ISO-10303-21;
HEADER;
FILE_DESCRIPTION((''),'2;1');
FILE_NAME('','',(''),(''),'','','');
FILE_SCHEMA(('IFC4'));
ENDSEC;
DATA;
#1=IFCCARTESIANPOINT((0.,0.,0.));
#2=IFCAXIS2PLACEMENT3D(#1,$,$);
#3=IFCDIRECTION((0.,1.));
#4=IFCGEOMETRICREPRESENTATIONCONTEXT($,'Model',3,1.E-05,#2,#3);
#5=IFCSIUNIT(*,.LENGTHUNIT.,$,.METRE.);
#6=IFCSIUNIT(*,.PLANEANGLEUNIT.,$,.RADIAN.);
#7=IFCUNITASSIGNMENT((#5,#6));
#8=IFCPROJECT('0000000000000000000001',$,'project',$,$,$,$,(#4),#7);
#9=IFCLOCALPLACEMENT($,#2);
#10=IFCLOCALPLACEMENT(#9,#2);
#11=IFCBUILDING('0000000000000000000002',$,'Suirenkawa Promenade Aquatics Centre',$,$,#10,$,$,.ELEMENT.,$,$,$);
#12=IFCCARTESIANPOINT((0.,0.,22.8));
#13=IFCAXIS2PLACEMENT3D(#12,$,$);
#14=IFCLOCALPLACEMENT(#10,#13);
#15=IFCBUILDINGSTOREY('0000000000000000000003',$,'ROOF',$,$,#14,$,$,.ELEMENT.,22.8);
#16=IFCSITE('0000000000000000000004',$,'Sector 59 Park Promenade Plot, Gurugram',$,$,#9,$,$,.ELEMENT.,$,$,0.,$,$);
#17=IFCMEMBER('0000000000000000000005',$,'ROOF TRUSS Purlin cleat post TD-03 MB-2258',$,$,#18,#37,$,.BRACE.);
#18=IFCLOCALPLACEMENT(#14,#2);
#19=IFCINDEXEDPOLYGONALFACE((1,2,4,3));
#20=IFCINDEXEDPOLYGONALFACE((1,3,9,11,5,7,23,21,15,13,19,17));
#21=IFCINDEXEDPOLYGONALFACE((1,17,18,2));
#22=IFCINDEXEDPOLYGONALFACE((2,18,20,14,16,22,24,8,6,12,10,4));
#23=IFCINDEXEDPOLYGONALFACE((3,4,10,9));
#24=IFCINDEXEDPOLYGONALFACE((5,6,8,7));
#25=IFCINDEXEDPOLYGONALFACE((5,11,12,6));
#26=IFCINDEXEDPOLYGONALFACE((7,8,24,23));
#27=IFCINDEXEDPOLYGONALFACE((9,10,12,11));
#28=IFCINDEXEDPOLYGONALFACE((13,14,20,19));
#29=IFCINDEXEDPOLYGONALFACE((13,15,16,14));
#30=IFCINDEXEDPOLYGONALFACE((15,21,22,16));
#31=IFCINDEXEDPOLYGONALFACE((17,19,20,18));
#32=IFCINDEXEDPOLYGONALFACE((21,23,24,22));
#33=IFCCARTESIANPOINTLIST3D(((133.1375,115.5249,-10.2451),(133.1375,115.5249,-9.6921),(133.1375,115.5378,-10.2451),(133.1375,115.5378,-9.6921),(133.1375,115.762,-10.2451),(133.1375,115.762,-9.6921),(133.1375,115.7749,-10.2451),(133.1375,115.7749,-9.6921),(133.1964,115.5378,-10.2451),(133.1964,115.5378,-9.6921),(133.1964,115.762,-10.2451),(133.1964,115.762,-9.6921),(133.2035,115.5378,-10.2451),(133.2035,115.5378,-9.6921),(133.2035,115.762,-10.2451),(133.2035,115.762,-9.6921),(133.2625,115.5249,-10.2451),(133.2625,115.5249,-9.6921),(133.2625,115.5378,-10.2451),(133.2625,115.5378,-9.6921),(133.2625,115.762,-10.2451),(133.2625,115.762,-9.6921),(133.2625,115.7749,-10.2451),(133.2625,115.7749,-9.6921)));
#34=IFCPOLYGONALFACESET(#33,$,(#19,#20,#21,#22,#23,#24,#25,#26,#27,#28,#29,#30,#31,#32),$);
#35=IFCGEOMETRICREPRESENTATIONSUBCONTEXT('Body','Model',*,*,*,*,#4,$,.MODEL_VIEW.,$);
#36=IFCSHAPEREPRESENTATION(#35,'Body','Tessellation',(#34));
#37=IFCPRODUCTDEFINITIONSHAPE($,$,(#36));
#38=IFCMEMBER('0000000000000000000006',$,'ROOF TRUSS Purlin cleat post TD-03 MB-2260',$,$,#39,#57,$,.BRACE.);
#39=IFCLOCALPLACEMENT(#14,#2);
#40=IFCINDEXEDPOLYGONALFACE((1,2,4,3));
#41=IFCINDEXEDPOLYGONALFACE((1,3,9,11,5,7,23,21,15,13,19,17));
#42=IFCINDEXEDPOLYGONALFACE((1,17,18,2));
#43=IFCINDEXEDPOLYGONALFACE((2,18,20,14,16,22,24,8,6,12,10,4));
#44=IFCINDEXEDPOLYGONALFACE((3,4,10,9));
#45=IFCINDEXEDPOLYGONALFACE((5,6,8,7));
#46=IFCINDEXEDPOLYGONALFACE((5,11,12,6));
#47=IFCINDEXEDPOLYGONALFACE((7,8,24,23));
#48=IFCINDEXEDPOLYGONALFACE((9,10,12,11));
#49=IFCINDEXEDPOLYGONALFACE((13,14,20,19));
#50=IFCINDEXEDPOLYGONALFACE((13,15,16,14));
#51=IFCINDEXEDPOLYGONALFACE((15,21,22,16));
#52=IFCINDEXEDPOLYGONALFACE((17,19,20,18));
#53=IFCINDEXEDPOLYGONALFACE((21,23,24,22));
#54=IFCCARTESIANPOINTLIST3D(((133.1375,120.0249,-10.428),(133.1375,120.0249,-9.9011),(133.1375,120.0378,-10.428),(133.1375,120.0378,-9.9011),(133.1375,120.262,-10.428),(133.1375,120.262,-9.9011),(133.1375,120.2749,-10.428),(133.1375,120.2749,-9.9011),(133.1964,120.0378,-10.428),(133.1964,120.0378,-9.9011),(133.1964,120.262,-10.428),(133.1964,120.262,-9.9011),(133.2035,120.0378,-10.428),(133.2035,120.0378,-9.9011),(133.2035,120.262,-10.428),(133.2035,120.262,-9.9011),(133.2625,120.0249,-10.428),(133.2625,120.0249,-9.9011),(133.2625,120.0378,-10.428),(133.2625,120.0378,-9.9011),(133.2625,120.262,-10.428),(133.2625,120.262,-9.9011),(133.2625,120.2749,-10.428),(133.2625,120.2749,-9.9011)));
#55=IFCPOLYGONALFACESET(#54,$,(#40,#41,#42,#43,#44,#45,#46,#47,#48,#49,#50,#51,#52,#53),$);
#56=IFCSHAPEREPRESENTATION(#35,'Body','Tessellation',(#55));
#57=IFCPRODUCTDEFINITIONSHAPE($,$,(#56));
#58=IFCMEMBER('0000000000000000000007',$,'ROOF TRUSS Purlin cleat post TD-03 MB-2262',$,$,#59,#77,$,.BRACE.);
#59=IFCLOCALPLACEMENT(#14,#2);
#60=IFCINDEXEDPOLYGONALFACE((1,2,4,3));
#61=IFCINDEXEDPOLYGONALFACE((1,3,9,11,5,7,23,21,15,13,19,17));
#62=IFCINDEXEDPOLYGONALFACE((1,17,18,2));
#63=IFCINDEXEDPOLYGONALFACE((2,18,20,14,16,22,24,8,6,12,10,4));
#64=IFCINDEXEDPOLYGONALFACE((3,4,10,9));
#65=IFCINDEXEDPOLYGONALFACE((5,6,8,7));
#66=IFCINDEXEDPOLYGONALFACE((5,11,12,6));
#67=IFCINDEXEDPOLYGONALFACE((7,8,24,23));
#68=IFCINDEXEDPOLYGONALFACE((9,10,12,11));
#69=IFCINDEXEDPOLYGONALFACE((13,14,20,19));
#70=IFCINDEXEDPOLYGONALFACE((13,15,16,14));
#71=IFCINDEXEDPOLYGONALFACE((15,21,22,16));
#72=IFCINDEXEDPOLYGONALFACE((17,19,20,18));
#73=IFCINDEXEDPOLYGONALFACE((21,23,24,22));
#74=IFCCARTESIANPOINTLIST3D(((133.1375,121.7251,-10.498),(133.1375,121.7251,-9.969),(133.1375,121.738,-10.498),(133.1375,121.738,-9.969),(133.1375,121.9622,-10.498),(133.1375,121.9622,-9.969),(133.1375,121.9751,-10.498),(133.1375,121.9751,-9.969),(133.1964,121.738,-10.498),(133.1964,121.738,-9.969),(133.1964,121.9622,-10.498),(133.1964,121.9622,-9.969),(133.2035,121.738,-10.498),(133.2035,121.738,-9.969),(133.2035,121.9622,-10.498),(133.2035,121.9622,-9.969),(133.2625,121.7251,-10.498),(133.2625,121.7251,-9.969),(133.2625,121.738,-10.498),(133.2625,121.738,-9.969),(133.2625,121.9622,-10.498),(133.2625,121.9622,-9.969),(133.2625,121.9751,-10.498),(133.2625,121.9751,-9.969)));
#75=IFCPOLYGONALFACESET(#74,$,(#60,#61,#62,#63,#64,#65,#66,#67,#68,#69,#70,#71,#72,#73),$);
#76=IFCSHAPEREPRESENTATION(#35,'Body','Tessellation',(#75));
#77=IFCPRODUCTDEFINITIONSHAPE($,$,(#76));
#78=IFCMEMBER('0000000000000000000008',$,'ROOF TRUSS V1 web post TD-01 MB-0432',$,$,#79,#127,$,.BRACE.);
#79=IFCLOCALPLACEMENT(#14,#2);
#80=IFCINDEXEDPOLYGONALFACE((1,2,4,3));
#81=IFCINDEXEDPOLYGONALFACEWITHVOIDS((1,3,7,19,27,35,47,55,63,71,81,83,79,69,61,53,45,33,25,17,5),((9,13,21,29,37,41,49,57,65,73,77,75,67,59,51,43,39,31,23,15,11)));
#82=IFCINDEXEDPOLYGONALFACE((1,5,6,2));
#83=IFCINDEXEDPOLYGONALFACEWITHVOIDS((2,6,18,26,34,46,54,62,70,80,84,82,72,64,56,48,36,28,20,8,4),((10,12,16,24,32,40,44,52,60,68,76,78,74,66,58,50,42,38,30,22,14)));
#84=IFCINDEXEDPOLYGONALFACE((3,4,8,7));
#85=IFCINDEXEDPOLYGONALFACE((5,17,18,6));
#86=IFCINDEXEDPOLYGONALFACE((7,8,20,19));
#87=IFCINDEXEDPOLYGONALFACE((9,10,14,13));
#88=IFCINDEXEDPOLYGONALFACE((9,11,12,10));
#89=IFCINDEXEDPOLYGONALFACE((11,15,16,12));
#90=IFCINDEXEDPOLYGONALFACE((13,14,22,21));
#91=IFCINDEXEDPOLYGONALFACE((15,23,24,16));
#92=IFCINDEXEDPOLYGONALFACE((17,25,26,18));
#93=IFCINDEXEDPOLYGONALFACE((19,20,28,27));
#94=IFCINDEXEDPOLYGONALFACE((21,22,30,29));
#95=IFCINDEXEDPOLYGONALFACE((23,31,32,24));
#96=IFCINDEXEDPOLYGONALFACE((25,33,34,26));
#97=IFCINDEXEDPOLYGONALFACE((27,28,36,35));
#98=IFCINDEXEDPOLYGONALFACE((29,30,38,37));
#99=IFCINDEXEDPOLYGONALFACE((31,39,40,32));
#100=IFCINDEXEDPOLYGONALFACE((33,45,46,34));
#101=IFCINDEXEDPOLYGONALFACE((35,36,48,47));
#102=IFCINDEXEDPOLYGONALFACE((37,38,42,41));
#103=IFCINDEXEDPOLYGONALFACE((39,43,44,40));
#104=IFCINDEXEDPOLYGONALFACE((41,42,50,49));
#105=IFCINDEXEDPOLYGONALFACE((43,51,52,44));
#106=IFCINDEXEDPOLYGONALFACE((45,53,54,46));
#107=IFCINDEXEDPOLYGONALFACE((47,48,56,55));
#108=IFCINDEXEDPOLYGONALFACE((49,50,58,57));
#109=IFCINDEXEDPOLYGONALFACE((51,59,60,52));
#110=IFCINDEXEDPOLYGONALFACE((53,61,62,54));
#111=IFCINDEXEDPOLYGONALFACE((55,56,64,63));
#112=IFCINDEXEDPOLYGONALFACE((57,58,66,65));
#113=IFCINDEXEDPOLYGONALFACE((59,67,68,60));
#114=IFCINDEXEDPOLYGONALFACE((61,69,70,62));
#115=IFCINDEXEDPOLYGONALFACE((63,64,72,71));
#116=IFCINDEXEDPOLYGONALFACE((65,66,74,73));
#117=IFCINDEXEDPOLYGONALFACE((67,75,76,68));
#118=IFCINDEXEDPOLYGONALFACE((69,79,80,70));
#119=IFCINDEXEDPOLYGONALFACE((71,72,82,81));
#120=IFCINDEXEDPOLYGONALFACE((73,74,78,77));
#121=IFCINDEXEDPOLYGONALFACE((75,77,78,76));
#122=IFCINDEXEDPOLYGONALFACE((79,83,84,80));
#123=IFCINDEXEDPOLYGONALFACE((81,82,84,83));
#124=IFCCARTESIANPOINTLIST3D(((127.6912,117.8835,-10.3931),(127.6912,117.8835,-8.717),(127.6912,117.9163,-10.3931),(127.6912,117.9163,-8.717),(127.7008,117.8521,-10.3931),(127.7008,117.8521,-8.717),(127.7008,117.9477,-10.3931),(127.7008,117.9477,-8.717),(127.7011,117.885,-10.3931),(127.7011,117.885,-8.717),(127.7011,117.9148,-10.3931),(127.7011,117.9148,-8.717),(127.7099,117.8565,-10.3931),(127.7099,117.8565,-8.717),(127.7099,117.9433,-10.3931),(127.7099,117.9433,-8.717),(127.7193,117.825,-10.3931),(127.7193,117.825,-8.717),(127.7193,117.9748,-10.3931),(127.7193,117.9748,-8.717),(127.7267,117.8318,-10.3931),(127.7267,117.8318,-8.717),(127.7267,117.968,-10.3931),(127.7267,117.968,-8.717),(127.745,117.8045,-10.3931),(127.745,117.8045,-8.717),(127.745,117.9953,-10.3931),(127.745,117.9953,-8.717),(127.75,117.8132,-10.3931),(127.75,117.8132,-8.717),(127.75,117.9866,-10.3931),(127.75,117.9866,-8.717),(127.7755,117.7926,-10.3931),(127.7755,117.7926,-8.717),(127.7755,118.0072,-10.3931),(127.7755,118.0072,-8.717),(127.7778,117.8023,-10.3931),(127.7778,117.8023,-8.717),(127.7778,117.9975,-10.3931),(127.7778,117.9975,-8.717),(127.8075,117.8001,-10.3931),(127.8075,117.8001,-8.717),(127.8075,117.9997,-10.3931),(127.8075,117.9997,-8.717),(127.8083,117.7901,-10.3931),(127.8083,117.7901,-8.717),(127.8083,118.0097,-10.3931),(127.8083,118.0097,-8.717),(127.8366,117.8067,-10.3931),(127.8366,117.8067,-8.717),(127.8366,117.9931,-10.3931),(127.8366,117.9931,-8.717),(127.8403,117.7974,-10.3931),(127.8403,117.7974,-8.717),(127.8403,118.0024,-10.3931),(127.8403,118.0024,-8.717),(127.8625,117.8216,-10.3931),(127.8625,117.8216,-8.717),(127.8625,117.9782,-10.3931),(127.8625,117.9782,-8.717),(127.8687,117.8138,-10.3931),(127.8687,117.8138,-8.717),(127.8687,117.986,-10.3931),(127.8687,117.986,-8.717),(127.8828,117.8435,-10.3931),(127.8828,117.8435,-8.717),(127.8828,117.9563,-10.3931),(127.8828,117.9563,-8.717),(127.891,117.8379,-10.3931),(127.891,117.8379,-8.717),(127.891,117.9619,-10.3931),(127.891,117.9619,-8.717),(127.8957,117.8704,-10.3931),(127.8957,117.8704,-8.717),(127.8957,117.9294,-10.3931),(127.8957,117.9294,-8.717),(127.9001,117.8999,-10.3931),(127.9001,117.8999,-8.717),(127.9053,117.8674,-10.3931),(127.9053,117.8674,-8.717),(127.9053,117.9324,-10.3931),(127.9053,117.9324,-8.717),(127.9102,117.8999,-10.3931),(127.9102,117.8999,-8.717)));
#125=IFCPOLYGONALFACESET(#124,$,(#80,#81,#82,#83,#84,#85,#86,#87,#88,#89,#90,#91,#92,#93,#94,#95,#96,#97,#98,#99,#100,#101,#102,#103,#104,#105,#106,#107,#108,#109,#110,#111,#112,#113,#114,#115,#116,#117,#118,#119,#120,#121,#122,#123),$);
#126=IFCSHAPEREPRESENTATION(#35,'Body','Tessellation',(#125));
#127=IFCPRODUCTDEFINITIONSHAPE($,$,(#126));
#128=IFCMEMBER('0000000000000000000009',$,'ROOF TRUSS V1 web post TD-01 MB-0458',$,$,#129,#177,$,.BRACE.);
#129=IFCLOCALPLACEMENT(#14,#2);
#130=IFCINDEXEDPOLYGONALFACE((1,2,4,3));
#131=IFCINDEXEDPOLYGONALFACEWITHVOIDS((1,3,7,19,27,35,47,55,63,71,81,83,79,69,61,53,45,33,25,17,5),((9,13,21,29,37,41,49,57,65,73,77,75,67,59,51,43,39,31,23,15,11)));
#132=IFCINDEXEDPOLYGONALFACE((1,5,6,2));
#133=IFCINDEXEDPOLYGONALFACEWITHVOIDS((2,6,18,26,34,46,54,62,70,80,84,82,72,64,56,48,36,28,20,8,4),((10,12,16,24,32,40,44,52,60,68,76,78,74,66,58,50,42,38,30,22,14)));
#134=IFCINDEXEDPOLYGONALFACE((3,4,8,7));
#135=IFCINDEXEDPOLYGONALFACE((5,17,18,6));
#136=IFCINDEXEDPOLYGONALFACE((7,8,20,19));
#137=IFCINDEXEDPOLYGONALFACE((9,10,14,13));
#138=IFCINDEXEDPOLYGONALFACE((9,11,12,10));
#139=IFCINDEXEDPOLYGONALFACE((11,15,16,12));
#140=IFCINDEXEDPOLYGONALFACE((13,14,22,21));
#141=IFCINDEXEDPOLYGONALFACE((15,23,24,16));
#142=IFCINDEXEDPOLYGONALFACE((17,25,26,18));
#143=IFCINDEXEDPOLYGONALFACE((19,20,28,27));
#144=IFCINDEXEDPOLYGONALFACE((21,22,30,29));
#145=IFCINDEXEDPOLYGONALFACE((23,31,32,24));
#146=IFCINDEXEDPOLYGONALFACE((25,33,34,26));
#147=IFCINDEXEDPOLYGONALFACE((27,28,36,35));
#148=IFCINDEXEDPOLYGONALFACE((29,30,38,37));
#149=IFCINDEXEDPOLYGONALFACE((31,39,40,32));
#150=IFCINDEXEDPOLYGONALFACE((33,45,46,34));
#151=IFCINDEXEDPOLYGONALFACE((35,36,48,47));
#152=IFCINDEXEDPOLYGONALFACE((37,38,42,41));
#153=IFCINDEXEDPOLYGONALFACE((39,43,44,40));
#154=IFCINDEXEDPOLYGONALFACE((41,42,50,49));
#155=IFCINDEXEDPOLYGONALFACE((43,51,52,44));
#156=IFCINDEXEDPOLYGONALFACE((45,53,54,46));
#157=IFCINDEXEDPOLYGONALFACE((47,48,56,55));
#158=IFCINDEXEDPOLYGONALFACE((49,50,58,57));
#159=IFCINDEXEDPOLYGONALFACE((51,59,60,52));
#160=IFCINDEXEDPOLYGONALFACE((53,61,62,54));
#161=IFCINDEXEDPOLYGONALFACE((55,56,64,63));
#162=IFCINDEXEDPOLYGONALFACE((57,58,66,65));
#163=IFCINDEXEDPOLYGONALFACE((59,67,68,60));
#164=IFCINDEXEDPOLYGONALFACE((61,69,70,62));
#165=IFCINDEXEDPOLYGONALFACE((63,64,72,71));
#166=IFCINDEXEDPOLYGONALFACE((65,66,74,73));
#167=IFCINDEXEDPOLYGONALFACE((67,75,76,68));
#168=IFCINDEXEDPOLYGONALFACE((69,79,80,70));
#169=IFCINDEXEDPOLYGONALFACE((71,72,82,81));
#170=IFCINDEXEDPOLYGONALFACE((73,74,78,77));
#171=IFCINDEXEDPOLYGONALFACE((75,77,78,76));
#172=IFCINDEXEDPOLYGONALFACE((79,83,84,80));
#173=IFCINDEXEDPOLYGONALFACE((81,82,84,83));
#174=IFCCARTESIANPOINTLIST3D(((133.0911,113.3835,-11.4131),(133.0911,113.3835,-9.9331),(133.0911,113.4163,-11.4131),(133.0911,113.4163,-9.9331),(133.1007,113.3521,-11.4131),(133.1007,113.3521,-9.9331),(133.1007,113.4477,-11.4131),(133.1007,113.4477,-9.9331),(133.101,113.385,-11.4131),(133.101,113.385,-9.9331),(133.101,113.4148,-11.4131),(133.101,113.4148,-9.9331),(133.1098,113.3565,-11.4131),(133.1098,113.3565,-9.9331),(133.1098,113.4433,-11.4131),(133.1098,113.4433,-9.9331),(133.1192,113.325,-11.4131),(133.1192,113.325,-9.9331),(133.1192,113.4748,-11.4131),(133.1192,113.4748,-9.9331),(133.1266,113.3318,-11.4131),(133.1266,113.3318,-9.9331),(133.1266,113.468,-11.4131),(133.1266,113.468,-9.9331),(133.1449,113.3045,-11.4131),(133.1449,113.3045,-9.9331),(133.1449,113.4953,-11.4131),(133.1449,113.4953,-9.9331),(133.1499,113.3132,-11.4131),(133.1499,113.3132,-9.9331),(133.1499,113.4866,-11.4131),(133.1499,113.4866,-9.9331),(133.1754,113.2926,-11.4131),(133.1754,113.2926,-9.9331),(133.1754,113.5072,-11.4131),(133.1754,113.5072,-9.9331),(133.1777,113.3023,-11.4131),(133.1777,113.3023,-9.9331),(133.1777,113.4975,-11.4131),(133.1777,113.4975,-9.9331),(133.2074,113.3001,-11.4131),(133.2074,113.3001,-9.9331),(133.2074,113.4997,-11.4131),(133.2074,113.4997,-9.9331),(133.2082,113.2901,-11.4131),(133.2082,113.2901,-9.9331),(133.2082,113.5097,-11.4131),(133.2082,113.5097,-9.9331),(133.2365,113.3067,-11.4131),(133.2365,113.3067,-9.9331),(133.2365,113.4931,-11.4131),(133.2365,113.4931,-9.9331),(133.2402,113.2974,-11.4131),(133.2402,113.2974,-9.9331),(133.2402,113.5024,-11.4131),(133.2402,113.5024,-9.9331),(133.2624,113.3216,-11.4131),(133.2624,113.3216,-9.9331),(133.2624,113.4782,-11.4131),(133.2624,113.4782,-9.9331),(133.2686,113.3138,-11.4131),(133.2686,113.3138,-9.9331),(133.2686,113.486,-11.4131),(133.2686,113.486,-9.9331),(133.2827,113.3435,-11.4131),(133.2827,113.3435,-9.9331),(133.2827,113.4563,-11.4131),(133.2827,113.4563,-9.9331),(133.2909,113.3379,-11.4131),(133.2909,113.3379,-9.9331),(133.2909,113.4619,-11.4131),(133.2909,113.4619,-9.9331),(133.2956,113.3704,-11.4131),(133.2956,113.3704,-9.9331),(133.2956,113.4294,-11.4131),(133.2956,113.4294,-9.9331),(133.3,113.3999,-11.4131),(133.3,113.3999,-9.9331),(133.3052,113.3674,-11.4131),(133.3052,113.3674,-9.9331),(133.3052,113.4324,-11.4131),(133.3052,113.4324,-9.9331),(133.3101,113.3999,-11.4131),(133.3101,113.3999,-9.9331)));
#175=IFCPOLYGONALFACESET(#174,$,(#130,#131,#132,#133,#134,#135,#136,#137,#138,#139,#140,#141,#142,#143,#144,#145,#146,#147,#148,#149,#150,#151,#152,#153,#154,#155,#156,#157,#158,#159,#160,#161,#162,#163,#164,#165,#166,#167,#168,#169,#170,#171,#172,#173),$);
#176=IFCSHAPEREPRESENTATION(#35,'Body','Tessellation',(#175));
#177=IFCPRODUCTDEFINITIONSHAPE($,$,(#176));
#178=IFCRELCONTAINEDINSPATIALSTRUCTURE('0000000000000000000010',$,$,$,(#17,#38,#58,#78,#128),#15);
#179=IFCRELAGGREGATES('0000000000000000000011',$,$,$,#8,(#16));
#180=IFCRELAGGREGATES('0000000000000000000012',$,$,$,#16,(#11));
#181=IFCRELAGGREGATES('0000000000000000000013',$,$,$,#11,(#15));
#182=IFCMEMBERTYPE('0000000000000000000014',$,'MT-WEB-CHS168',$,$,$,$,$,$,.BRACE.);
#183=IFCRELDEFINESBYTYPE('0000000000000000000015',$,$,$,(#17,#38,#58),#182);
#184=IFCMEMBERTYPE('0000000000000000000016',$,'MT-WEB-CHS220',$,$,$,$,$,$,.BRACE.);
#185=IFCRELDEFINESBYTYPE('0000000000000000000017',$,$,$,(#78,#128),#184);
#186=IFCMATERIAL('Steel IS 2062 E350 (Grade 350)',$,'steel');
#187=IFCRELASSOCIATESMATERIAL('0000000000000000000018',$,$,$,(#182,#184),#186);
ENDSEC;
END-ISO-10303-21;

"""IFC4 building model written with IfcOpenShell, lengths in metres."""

from ifc_helpers import new_model, si_unit, direction, frame, origin, origin_2d, place, context, subcontext, project, spatial, hollow_circle, i_section, extrude, material, material_profile, profile_set, type_object, element, save


model = new_model("IFC4")

# Units and contexts
model_context = context("Model", 3, precision=1e-05, world=origin(), true_north=direction((0.0, 1.0)))
body_context = subcontext(model_context, "Body", "Model", "MODEL_VIEW")
ifc_project = project(units=[si_unit("LENGTHUNIT", "METRE"), si_unit("PLANEANGLEUNIT", "RADIAN")], contexts=[model_context])

# Site, building, storey
site_placement = place(None, origin())
site = spatial("IfcSite", under=ifc_project, at=site_placement, Name="Sector 59 Park Promenade Plot, Gurugram", CompositionType="ELEMENT", RefElevation=0.0)
building_placement = place(site_placement, origin())
building = spatial("IfcBuilding", under=site, at=building_placement, Name="Suirenkawa Promenade Aquatics Centre", CompositionType="ELEMENT")
storey_placement = place(building_placement, frame((0.0, 0.0, 22.8)))
storey = spatial("IfcBuildingStorey", under=building, at=storey_placement, Name="ROOF", CompositionType="ELEMENT", Elevation=22.8)

# Shared definitions
ifc_material = material(Name="Steel IS 2062 E350 (Grade 350)", Category="steel")

# Members
ifc_material_profile_1 = material_profile(ifc_material, i_section(OverallWidth=0.125, OverallDepth=0.25, WebThickness=0.0071, FlangeThickness=0.0129, at=origin_2d()), Name="ISMB 250", Category="steel")
ifc_profile_set_1 = profile_set([ifc_material_profile_1], Name="Steel IS 2062 E350 (Grade 350)")
member_type_1 = type_object("IfcMemberType", Name="MT-WEB-CHS168", PredefinedType="BRACE", material=ifc_profile_set_1)
member_1_placement = place(storey_placement, frame((133.2, 115.6499, -10.2451), z_axis=(0.0, 0.0, 1.0), x_axis=(1.0, 0.0, 0.0)))
element("IfcMember", 1, at=member_1_placement, inside=storey, type_object=member_type_1, Name="ROOF TRUSS Purlin cleat post TD-03 MB-2258", PredefinedType="BRACE", context=body_context, shape_type="SweptSolid", body=[
    extrude(i_section(OverallWidth=0.125, OverallDepth=0.25, WebThickness=0.0071, FlangeThickness=0.0129, at=origin_2d()), origin(), (0.0, 0.0, 1.0), 0.553),
])
member_2_placement = place(storey_placement, frame((133.2, 120.1499, -10.428), z_axis=(0.0, 0.0, 1.0), x_axis=(1.0, 0.0, 0.0)))
element("IfcMember", 2, at=member_2_placement, inside=storey, type_object=member_type_1, Name="ROOF TRUSS Purlin cleat post TD-03 MB-2260", PredefinedType="BRACE", context=body_context, shape_type="SweptSolid", body=[
    extrude(i_section(OverallWidth=0.125, OverallDepth=0.25, WebThickness=0.0071, FlangeThickness=0.0129, at=origin_2d()), origin(), (0.0, 0.0, 1.0), 0.5269),
])
member_3_placement = place(storey_placement, frame((133.2, 121.8501, -10.498), z_axis=(0.0, 0.0, 1.0), x_axis=(1.0, 0.0, 0.0)))
element("IfcMember", 3, at=member_3_placement, inside=storey, type_object=member_type_1, Name="ROOF TRUSS Purlin cleat post TD-03 MB-2262", PredefinedType="BRACE", context=body_context, shape_type="SweptSolid", body=[
    extrude(i_section(OverallWidth=0.125, OverallDepth=0.25, WebThickness=0.0071, FlangeThickness=0.0129, at=origin_2d()), origin(), (0.0, 0.0, 1.0), 0.5291),
])
ifc_material_profile_2 = material_profile(ifc_material, hollow_circle(Radius=0.1101, WallThickness=0.01, at=origin_2d()), Name="CHS 220x10", Category="steel")
ifc_profile_set_2 = profile_set([ifc_material_profile_2], Name="Steel IS 2062 E350 (Grade 350)")
member_type_2 = type_object("IfcMemberType", Name="MT-WEB-CHS220", PredefinedType="BRACE", material=ifc_profile_set_2)
member_4_placement = place(storey_placement, frame((127.8, 117.8999, -10.3931), z_axis=(0.0, 0.0, 1.0), x_axis=(1.0, 0.0, 0.0)))
element("IfcMember", 4, at=member_4_placement, inside=storey, type_object=member_type_2, Name="ROOF TRUSS V1 web post TD-01 MB-0432", PredefinedType="BRACE", context=body_context, shape_type="SweptSolid", body=[
    extrude(hollow_circle(Radius=0.1101, WallThickness=0.01, at=origin_2d()), origin(), (0.0, 0.0, 1.0), 1.676),
])
member_5_placement = place(storey_placement, frame((133.2, 113.3999, -11.4131), z_axis=(0.0, 0.0, 1.0), x_axis=(1.0, 0.0, 0.0)))
element("IfcMember", 5, at=member_5_placement, inside=storey, type_object=member_type_2, Name="ROOF TRUSS V1 web post TD-01 MB-0458", PredefinedType="BRACE", context=body_context, shape_type="SweptSolid", body=[
    extrude(hollow_circle(Radius=0.1101, WallThickness=0.01, at=origin_2d()), origin(), (0.0, 0.0, 1.0), 1.48),
])

save(model, "model.ifc")
